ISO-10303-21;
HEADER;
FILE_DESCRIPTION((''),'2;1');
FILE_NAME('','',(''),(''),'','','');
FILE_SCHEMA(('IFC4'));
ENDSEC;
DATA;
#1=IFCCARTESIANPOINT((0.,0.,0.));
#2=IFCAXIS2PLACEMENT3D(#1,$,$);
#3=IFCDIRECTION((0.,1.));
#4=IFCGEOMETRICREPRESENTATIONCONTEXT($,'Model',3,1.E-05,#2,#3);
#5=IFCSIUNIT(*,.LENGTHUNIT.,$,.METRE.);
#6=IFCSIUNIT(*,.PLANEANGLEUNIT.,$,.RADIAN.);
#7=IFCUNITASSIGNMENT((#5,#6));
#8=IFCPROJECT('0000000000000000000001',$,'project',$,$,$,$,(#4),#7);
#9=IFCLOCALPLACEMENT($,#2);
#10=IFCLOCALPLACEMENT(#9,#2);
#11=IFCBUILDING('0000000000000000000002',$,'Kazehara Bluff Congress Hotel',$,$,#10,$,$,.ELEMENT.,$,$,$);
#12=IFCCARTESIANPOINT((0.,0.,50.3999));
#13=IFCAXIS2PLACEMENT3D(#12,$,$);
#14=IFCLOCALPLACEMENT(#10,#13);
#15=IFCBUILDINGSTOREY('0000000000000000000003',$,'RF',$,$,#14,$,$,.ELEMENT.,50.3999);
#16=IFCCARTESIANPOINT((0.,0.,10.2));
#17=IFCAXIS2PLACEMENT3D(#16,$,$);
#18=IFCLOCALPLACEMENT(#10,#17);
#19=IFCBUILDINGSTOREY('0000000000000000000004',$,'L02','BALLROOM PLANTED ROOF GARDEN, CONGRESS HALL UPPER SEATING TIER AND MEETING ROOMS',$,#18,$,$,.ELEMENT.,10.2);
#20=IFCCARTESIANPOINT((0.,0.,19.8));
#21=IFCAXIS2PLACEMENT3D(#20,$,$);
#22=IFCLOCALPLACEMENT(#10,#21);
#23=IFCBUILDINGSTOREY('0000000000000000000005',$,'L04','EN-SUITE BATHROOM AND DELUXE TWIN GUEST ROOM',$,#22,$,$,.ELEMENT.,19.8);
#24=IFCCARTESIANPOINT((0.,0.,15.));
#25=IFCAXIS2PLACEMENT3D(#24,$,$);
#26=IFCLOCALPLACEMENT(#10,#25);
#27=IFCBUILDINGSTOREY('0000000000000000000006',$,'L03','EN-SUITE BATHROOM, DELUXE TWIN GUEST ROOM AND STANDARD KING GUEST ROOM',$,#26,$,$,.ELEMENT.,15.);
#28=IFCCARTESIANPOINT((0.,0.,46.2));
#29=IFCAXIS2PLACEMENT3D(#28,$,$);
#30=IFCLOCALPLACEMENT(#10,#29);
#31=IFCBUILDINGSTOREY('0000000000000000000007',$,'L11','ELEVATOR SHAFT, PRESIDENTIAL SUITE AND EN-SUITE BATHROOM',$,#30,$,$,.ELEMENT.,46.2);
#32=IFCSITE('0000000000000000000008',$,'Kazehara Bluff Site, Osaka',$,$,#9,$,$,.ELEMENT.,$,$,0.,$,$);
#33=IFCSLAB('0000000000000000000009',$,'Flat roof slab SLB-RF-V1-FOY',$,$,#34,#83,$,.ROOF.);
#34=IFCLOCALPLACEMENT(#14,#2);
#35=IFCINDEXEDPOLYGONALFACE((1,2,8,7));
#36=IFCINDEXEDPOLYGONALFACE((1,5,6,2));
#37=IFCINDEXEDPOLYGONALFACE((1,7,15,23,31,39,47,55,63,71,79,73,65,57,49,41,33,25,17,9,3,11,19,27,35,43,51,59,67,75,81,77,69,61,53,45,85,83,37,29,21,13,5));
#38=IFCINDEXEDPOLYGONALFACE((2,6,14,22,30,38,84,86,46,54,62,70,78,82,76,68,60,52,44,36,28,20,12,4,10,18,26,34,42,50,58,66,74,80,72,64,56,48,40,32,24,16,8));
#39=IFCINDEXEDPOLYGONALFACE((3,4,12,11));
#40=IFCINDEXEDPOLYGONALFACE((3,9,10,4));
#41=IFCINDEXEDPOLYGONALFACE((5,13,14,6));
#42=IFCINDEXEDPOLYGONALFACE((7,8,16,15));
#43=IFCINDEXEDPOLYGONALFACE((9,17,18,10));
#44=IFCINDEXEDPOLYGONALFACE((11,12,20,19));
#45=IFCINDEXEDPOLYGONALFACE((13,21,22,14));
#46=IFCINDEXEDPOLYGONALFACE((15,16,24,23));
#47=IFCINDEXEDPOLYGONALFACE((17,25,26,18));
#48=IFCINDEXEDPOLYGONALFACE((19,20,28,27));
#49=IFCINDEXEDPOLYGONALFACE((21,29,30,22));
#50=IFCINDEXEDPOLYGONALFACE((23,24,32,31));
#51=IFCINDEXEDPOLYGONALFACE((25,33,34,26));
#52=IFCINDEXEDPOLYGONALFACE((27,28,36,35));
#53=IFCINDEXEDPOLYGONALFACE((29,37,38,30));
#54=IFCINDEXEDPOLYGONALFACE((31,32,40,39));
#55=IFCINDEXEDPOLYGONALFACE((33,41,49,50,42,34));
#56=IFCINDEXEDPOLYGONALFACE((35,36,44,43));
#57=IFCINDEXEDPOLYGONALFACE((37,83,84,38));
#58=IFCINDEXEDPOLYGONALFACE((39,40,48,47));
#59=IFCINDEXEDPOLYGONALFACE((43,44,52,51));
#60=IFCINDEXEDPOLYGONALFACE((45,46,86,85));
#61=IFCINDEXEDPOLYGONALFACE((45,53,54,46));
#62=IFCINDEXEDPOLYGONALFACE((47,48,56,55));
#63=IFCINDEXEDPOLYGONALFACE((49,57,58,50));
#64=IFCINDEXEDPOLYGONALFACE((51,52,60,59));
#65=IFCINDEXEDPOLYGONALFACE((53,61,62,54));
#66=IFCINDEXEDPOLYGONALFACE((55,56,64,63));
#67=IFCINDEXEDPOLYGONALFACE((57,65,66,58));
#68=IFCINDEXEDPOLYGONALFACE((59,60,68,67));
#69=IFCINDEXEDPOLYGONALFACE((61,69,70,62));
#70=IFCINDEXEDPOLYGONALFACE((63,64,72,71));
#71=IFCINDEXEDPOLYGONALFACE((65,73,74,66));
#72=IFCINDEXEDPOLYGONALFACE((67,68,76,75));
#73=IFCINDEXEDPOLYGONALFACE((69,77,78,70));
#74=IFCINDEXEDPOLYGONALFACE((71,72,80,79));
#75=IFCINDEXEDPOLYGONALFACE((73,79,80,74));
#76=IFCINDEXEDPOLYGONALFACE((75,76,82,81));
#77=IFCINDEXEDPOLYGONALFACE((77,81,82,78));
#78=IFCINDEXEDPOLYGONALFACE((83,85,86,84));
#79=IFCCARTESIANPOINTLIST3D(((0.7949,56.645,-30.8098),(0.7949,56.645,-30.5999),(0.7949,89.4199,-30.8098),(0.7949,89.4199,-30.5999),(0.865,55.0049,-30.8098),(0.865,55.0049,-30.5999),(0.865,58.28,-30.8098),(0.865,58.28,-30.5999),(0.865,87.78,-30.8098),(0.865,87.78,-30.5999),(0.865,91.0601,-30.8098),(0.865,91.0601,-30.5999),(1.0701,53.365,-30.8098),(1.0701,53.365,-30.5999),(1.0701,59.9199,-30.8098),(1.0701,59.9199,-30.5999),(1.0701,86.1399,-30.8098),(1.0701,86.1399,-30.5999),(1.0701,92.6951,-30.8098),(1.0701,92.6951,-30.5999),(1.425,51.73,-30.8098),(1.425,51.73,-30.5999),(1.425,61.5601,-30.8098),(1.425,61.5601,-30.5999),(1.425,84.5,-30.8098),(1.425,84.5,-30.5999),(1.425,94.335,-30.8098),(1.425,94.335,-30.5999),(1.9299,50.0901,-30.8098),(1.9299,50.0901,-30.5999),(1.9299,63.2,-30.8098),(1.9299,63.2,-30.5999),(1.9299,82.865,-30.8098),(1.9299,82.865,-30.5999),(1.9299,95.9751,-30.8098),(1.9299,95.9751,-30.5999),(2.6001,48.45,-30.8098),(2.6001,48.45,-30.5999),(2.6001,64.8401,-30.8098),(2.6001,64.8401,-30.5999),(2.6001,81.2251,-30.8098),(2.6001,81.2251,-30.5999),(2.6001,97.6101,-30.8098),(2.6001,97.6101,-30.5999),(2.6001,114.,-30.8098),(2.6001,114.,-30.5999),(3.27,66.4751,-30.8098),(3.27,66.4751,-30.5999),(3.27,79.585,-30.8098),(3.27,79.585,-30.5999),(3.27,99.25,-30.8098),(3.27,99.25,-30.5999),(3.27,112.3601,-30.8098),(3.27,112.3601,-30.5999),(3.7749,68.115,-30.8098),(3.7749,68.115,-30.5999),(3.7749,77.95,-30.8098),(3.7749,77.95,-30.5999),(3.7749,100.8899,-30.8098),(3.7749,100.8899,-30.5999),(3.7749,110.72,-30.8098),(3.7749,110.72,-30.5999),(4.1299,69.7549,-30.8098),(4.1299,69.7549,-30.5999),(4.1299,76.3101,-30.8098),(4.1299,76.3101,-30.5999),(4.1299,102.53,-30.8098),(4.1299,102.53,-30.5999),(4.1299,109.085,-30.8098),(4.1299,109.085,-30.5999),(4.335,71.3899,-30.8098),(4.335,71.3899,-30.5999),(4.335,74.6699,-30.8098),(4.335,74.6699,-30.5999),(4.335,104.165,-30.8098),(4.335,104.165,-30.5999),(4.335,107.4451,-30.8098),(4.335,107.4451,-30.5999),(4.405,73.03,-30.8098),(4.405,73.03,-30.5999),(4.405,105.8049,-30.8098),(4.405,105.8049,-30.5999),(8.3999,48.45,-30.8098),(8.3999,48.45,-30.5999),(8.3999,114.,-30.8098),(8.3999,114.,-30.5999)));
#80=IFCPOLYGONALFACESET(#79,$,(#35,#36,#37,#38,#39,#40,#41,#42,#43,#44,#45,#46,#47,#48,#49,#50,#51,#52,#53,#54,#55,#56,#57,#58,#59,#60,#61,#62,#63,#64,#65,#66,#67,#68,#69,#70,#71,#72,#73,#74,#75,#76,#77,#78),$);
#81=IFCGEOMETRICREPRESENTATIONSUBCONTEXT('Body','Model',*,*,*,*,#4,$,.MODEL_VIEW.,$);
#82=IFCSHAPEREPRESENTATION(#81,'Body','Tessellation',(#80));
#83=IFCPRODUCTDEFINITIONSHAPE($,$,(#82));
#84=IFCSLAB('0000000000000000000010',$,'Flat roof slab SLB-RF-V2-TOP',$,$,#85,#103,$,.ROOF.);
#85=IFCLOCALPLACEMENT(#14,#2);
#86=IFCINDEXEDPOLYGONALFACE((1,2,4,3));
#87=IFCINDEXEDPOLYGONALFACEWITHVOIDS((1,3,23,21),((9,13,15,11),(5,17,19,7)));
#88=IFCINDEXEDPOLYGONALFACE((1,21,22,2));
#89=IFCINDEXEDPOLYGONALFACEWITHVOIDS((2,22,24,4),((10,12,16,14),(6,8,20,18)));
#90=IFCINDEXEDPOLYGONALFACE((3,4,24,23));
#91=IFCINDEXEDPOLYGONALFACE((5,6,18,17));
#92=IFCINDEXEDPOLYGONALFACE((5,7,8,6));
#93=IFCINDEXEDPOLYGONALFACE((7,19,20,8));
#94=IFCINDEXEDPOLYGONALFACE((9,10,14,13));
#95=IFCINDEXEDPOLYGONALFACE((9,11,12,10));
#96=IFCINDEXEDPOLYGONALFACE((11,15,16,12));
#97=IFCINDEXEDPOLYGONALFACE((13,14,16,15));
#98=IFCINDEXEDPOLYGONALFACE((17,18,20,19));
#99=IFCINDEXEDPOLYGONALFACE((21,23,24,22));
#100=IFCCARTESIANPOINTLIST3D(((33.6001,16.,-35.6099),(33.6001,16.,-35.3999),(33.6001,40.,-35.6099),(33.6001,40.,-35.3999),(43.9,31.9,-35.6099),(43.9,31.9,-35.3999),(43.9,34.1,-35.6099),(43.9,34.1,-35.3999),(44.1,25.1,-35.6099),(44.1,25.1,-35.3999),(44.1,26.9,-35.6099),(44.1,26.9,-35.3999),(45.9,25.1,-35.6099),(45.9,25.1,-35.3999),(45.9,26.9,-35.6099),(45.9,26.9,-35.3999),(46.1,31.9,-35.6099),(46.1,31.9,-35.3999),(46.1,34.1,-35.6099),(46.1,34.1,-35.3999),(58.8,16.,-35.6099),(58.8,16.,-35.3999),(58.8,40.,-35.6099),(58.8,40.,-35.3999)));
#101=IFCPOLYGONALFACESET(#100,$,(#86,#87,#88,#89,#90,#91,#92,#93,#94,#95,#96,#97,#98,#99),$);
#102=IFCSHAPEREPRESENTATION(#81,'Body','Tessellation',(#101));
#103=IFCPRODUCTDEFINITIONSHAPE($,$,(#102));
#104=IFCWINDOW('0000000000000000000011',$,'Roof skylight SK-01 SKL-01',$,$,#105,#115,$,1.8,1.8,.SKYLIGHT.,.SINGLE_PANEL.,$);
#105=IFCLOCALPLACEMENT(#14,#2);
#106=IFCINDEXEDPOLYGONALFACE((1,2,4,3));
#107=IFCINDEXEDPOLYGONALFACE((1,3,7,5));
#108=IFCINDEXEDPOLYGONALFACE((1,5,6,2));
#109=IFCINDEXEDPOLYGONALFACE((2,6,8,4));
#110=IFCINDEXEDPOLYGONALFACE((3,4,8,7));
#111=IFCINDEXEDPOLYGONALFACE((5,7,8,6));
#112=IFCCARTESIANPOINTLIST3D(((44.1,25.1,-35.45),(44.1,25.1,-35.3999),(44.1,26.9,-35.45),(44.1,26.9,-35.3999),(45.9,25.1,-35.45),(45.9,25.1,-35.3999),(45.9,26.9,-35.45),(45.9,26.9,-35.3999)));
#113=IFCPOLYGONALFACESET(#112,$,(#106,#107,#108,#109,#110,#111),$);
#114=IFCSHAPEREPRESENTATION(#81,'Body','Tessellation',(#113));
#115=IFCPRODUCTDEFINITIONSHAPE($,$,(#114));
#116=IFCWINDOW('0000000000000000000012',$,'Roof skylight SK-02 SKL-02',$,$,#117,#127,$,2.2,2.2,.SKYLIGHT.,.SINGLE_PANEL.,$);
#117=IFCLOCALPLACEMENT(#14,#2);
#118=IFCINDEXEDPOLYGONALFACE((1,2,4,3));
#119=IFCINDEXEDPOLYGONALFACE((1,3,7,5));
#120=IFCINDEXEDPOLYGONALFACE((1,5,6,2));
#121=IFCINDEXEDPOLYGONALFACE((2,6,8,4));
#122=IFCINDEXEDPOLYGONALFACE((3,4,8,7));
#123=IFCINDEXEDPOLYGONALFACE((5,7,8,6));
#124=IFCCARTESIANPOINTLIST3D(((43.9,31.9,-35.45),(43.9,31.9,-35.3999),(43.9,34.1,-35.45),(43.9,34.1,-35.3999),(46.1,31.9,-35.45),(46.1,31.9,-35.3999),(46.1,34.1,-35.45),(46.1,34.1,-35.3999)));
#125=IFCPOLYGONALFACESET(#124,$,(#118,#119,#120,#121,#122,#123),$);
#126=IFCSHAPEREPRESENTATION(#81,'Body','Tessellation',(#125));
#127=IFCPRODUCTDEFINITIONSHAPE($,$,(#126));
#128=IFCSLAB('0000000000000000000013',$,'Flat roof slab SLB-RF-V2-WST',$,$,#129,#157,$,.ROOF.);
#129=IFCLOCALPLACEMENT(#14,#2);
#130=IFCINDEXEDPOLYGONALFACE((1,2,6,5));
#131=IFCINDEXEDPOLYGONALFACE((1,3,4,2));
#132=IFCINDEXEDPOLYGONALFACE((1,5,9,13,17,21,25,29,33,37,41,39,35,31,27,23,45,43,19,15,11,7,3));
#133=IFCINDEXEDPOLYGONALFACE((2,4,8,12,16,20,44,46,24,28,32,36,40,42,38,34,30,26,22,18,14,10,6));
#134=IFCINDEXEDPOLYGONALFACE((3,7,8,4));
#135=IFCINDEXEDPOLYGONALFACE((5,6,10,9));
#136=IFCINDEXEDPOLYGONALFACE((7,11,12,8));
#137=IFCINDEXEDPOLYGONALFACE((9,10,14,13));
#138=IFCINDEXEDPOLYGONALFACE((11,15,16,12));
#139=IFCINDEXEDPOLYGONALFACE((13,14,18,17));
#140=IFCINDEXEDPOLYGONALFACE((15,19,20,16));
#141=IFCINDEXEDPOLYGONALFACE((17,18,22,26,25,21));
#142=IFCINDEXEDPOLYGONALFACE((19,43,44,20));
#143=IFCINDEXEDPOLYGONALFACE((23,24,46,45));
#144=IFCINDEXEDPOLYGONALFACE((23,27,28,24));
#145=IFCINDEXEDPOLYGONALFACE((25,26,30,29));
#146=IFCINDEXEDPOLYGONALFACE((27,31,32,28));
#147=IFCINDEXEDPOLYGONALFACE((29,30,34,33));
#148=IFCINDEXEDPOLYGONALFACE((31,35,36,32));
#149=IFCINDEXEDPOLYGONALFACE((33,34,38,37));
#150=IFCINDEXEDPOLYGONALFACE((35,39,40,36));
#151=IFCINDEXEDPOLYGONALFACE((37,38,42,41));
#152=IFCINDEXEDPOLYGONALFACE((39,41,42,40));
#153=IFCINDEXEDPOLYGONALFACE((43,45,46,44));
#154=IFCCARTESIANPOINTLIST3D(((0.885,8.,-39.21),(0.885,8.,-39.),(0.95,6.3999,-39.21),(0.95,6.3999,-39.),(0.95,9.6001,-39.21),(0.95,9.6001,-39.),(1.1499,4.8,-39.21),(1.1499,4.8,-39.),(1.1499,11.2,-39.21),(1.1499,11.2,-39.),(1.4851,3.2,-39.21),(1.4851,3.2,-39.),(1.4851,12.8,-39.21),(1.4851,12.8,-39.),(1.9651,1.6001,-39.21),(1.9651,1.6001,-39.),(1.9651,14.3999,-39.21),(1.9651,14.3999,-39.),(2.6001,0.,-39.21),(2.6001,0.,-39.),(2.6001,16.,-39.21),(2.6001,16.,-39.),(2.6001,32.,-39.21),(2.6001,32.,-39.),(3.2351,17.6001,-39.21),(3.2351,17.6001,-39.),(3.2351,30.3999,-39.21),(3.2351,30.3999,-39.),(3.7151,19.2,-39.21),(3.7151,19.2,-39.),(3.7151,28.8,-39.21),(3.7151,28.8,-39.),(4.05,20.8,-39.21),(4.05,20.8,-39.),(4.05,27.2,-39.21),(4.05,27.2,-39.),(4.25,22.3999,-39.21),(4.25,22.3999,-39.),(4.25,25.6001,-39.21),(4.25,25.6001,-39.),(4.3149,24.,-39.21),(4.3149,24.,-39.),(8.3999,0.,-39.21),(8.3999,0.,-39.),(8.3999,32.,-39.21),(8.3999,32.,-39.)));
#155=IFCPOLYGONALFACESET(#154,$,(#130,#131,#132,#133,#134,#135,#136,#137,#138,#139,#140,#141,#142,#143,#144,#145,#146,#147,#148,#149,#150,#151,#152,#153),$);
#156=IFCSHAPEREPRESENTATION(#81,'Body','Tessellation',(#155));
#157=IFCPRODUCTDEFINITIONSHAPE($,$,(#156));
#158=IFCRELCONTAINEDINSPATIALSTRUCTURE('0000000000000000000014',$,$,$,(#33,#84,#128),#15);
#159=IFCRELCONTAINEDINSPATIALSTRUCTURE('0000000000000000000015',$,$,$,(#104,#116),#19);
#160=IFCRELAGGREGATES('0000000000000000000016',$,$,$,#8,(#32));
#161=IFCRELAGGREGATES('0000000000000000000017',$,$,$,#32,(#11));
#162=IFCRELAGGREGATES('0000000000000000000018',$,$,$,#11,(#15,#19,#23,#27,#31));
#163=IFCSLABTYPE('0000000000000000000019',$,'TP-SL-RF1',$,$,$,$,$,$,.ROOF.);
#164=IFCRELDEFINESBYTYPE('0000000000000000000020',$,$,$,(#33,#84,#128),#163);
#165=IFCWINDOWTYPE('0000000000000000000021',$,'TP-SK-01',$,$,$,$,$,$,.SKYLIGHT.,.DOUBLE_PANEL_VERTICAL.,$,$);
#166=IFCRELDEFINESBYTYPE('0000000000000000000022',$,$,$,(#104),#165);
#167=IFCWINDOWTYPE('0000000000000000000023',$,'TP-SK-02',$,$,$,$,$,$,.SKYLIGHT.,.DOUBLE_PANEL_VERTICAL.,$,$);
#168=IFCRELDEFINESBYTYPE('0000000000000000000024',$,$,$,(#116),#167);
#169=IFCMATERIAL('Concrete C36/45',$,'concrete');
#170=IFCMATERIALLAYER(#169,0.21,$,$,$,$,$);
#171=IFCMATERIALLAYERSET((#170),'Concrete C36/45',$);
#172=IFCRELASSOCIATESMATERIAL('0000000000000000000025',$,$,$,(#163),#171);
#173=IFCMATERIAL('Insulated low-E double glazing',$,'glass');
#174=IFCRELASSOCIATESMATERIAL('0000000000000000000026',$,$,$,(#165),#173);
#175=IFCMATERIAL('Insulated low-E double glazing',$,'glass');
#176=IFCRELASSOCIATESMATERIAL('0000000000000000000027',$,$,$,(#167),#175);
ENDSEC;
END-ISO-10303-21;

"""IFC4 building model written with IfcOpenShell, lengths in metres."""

from ifc_helpers import new_model, si_unit, direction, frame, origin, origin_2d, place, context, subcontext, project, spatial, polyline, rectangle, outline, extrude, material, layer, layer_set, type_object, element, fill, save


model = new_model("IFC4")

# Units and contexts
model_context = context("Model", 3, precision=1e-05, world=origin(), true_north=direction((0.0, 1.0)))
body_context = subcontext(model_context, "Body", "Model", "MODEL_VIEW")
ifc_project = project(units=[si_unit("LENGTHUNIT", "METRE"), si_unit("PLANEANGLEUNIT", "RADIAN")], contexts=[model_context])

# Site, building, storey
site_placement = place(None, origin())
site = spatial("IfcSite", under=ifc_project, at=site_placement, Name="Kazehara Bluff Site, Osaka", CompositionType="ELEMENT", RefElevation=0.0)
building_placement = place(site_placement, origin())
building = spatial("IfcBuilding", under=site, at=building_placement, Name="Kazehara Bluff Congress Hotel", CompositionType="ELEMENT")
storey_1_placement = place(building_placement, frame((0.0, 0.0, 50.3999)))
storey_1 = spatial("IfcBuildingStorey", under=building, at=storey_1_placement, Name="RF", CompositionType="ELEMENT", Elevation=50.3999)

# Slab
ifc_material_1 = material(Name="Concrete C36/45", Category="concrete")
ifc_layer_1 = layer(ifc_material_1, 0.21)
ifc_layer_set_1 = layer_set([ifc_layer_1], Name="Concrete C36/45")
slab_type = type_object("IfcSlabType", Name="TP-SL-RF1", PredefinedType="ROOF", material=ifc_layer_set_1)
slab_1_placement = place(storey_1_placement, frame((0.0, 0.0, -30.8098)))
element("IfcSlab", 1, at=slab_1_placement, inside=storey_1, type_object=slab_type, Name="Flat roof slab SLB-RF-V1-FOY", PredefinedType="ROOF", context=body_context, shape_type="SweptSolid", body=[
    extrude(outline(polyline([(8.3999, 48.45), (8.3999, 114.0), (2.6001, 114.0), (3.27, 112.3601), (3.7749, 110.72), (4.1299, 109.085), (4.335, 107.4451), (4.405, 105.8049), (4.335, 104.165), (4.1299, 102.53), (3.7749, 100.8899), (3.27, 99.25), (2.6001, 97.6101), (1.9299, 95.9751), (1.425, 94.335), (1.0701, 92.6951), (0.865, 91.0601), (0.7949, 89.4199), (0.865, 87.78), (1.0701, 86.1399), (1.425, 84.5), (1.9299, 82.865), (2.6001, 81.2251), (3.27, 79.585), (3.7749, 77.95), (4.1299, 76.3101), (4.335, 74.6699), (4.405, 73.03), (4.335, 71.3899), (4.1299, 69.7549), (3.7749, 68.115), (3.27, 66.4751), (2.6001, 64.8401), (1.9299, 63.2), (1.425, 61.5601), (1.0701, 59.9199), (0.865, 58.28), (0.7949, 56.645), (0.865, 55.0049), (1.0701, 53.365), (1.425, 51.73), (1.9299, 50.0901), (2.6001, 48.45), (8.3999, 48.45)])), origin(), (0.0, 0.0, 1.0), 0.21),
])

# Slab, openings
slab_2_placement = place(storey_1_placement, frame((0.0, 0.0, -35.6099)))
slab_2 = element("IfcSlab", 2, at=slab_2_placement, inside=storey_1, type_object=slab_type, Name="Flat roof slab SLB-RF-V2-TOP", PredefinedType="ROOF", context=body_context, shape_type="SweptSolid", body=[
    extrude(outline(polyline([(33.6001, 16.0), (58.8, 16.0), (58.8, 40.0), (33.6001, 40.0), (33.6001, 16.0)])), origin(), (0.0, 0.0, 1.0), 0.21),
])
opening_1_placement = place(slab_2_placement, frame((45.0, 26.0, 0.0)))
opening_1 = element("IfcOpeningElement", 3, at=opening_1_placement, cuts=slab_2, PredefinedType="OPENING", context=body_context, shape_type="SweptSolid", body=[
    extrude(rectangle(XDim=1.8, YDim=1.8, at=origin_2d()), origin(), (0.0, 0.0, 1.0), 0.21),
])
opening_2_placement = place(slab_2_placement, frame((45.0, 33.0, 0.0)))
opening_2 = element("IfcOpeningElement", 4, at=opening_2_placement, cuts=slab_2, PredefinedType="OPENING", context=body_context, shape_type="SweptSolid", body=[
    extrude(rectangle(XDim=2.2, YDim=2.2, at=origin_2d()), origin(), (0.0, 0.0, 1.0), 0.21),
])

# Shared definitions
storey_2_placement = place(building_placement, frame((0.0, 0.0, 10.2)))
storey_2 = spatial("IfcBuildingStorey", under=building, at=storey_2_placement, Name="L02", Description="BALLROOM PLANTED ROOF GARDEN, CONGRESS HALL UPPER SEATING TIER AND MEETING ROOMS", CompositionType="ELEMENT", Elevation=10.2)

# Windows
ifc_material_2 = material(Name="Insulated low-E double glazing", Category="glass")
window_type_1 = type_object("IfcWindowType", Name="TP-SK-01", PartitioningType="DOUBLE_PANEL_VERTICAL", PredefinedType="SKYLIGHT", material=ifc_material_2)
window_1_placement = place(opening_1_placement, frame((0.0, 0.0, 0.1599)))
window_1 = element("IfcWindow", 5, at=window_1_placement, inside=storey_2, type_object=window_type_1, Name="Roof skylight SK-01 SKL-01", OverallHeight=1.8, OverallWidth=1.8, PartitioningType="SINGLE_PANEL", PredefinedType="SKYLIGHT", context=body_context, shape_type="SweptSolid", body=[
    extrude(rectangle(XDim=1.8, YDim=1.8, at=origin_2d()), origin(), (0.0, 0.0, 1.0), 0.05),
])
fill(opening_1, window_1)
ifc_material_3 = material(Name="Insulated low-E double glazing", Category="glass")
window_type_2 = type_object("IfcWindowType", Name="TP-SK-02", PartitioningType="DOUBLE_PANEL_VERTICAL", PredefinedType="SKYLIGHT", material=ifc_material_3)
window_2_placement = place(opening_2_placement, frame((0.0, 0.0, 0.1599)))
window_2 = element("IfcWindow", 6, at=window_2_placement, inside=storey_2, type_object=window_type_2, Name="Roof skylight SK-02 SKL-02", OverallHeight=2.2, OverallWidth=2.2, PartitioningType="SINGLE_PANEL", PredefinedType="SKYLIGHT", context=body_context, shape_type="SweptSolid", body=[
    extrude(rectangle(XDim=2.2, YDim=2.2, at=origin_2d()), origin(), (0.0, 0.0, 1.0), 0.05),
])
fill(opening_2, window_2)

# Slab
slab_3_placement = place(storey_1_placement, frame((0.0, 0.0, -39.21)))
element("IfcSlab", 7, at=slab_3_placement, inside=storey_1, type_object=slab_type, Name="Flat roof slab SLB-RF-V2-WST", PredefinedType="ROOF", context=body_context, shape_type="SweptSolid", body=[
    extrude(outline(polyline([(8.3999, 0.0), (8.3999, 32.0), (2.6001, 32.0), (3.2351, 30.3999), (3.7151, 28.8), (4.05, 27.2), (4.25, 25.6001), (4.3149, 24.0), (4.25, 22.3999), (4.05, 20.8), (3.7151, 19.2), (3.2351, 17.6001), (2.6001, 16.0), (1.9651, 14.3999), (1.4851, 12.8), (1.1499, 11.2), (0.95, 9.6001), (0.885, 8.0), (0.95, 6.3999), (1.1499, 4.8), (1.4851, 3.2), (1.9651, 1.6001), (2.6001, 0.0), (8.3999, 0.0)])), origin(), (0.0, 0.0, 1.0), 0.21),
])

# Shared definitions
storey_3_placement = place(building_placement, frame((0.0, 0.0, 19.8)))
storey_3 = spatial("IfcBuildingStorey", under=building, at=storey_3_placement, Name="L04", Description="EN-SUITE BATHROOM AND DELUXE TWIN GUEST ROOM", CompositionType="ELEMENT", Elevation=19.8)

# Shared definitions
storey_4_placement = place(building_placement, frame((0.0, 0.0, 15.0)))
storey_4 = spatial("IfcBuildingStorey", under=building, at=storey_4_placement, Name="L03", Description="EN-SUITE BATHROOM, DELUXE TWIN GUEST ROOM AND STANDARD KING GUEST ROOM", CompositionType="ELEMENT", Elevation=15.0)

# Shared definitions
storey_5_placement = place(building_placement, frame((0.0, 0.0, 46.2)))
storey_5 = spatial("IfcBuildingStorey", under=building, at=storey_5_placement, Name="L11", Description="ELEVATOR SHAFT, PRESIDENTIAL SUITE AND EN-SUITE BATHROOM", CompositionType="ELEMENT", Elevation=46.2)

save(model, "model.ifc")
